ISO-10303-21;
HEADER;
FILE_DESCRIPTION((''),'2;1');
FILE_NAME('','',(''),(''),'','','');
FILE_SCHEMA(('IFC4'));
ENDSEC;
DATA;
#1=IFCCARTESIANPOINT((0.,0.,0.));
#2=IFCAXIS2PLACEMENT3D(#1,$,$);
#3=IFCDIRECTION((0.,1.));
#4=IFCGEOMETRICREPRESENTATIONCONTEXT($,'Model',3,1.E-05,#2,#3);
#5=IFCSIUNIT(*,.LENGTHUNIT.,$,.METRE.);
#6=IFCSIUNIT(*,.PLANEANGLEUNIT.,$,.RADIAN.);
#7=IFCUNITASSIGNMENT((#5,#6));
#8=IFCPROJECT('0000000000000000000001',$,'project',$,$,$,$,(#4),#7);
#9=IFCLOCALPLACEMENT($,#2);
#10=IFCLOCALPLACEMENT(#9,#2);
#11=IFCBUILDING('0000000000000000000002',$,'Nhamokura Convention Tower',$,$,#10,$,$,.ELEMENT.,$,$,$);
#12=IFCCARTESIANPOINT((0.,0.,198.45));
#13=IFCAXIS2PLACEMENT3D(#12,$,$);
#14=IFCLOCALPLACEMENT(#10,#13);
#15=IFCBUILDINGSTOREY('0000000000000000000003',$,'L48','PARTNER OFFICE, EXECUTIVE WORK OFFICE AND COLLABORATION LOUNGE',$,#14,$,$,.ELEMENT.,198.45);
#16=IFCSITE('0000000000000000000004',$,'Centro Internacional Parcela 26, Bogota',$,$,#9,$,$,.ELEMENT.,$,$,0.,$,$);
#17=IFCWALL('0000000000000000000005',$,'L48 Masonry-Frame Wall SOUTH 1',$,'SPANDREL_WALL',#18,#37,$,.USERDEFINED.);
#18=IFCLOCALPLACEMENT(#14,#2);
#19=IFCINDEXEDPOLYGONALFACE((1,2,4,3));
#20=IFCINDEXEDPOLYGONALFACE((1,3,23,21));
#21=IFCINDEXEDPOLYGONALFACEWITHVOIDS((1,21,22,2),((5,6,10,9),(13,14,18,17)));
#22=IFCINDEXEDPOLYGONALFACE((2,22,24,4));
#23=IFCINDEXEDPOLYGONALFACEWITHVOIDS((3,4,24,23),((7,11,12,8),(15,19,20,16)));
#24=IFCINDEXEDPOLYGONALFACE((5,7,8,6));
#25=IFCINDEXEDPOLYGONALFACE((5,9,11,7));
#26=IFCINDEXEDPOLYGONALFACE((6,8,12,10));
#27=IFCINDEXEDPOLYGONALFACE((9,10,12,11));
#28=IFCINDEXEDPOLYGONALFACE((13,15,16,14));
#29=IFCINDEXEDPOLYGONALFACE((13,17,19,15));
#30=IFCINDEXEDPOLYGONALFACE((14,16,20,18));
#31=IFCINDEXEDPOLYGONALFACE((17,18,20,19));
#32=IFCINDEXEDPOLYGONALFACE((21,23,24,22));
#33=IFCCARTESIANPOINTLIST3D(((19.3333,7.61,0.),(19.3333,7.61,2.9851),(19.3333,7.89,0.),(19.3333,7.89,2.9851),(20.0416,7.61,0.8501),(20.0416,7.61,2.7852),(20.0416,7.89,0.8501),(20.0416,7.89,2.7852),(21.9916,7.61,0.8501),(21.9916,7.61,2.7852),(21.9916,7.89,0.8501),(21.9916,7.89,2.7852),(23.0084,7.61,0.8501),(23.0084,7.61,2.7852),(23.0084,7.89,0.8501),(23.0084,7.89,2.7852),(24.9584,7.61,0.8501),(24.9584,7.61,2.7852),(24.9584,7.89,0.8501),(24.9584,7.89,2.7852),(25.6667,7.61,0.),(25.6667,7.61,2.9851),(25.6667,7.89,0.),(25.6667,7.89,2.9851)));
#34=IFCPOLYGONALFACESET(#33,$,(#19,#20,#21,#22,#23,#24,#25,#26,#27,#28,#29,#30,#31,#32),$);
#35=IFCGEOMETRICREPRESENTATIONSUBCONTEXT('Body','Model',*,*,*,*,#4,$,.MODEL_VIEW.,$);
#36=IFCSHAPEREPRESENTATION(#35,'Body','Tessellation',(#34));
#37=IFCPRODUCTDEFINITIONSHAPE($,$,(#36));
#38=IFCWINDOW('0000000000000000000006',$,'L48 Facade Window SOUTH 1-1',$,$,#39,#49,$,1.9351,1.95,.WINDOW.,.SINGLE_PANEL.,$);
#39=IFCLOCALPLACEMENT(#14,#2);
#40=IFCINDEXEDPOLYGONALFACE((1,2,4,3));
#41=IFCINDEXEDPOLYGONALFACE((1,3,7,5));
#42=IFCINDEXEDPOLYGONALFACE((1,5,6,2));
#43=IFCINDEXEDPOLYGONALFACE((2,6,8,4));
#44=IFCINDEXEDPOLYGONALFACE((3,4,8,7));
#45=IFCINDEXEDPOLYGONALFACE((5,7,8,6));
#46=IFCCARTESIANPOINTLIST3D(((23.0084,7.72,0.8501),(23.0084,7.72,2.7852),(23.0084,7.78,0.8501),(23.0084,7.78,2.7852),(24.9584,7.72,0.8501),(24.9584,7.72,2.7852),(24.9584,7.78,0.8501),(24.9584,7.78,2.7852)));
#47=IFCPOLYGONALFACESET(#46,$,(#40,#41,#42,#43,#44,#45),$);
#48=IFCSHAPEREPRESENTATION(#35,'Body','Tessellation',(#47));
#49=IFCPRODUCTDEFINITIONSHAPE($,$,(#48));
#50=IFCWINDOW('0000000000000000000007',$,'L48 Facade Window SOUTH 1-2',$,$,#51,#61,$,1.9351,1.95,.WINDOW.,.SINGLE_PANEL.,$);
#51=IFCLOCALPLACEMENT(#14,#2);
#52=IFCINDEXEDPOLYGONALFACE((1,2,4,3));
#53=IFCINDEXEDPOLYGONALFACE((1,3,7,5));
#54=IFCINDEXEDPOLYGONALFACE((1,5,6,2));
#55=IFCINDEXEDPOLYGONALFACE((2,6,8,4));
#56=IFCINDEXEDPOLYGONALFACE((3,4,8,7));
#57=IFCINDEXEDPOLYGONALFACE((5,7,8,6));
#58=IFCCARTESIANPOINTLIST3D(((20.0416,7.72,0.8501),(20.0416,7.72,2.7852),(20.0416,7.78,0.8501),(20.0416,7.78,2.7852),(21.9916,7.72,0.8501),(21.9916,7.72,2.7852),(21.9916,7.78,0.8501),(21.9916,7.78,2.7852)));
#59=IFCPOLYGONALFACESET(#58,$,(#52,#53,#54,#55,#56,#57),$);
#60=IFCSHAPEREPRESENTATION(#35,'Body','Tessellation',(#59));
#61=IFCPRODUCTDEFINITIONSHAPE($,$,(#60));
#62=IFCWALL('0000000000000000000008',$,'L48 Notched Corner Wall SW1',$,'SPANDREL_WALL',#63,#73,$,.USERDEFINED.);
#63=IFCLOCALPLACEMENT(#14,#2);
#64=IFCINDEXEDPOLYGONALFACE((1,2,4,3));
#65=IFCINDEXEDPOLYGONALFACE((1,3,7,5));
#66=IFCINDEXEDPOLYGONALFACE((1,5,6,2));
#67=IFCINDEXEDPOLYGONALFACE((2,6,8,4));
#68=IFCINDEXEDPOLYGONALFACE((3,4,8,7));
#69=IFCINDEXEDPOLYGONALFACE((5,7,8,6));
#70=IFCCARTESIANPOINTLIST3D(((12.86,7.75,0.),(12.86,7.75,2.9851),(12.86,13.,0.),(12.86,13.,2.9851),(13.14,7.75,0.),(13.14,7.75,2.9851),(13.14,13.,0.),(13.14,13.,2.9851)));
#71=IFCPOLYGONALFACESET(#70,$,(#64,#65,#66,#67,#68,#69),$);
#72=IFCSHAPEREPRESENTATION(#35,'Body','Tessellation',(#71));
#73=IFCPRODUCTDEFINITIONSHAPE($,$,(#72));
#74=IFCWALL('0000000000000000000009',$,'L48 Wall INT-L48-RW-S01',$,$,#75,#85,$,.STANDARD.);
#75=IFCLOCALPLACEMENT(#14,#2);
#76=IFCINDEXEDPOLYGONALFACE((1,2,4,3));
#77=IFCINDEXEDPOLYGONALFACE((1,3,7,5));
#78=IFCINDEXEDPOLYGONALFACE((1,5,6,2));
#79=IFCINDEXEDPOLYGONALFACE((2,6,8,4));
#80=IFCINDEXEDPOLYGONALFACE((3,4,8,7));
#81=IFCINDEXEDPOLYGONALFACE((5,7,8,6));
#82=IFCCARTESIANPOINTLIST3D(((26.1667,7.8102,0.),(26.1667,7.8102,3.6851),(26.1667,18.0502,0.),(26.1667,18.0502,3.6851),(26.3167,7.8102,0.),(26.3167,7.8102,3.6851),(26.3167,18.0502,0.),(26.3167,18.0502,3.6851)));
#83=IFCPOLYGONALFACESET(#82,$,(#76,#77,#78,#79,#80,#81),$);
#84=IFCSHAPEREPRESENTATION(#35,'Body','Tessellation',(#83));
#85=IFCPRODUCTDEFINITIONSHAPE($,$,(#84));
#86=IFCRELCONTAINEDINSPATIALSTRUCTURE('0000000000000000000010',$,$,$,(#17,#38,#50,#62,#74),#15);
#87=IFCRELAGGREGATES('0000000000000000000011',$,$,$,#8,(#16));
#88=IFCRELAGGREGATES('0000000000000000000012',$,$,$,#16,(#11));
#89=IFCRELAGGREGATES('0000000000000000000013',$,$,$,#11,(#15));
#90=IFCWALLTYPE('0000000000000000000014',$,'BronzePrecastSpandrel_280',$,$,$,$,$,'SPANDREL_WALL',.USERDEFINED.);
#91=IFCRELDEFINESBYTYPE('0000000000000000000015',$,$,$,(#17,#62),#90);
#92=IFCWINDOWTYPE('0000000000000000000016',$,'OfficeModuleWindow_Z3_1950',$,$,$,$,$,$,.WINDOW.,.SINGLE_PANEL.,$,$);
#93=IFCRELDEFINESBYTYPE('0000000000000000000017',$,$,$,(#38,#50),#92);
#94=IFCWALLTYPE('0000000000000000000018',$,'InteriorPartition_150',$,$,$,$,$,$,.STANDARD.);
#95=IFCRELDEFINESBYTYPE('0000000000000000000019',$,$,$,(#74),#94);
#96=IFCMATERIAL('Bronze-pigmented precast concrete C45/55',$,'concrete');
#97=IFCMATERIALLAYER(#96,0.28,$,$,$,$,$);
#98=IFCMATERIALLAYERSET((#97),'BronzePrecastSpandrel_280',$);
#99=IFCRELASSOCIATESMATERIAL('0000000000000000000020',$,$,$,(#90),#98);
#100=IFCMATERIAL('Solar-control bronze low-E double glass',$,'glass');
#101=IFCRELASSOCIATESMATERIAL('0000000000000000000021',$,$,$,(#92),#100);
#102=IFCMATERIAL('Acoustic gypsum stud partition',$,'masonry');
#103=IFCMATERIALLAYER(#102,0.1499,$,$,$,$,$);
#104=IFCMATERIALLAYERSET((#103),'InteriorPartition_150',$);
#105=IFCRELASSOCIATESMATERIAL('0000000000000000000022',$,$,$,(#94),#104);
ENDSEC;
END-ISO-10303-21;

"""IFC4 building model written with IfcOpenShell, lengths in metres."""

from ifc_helpers import new_model, si_unit, direction, frame, frame_2d, origin, place, context, subcontext, project, spatial, rectangle, extrude, material, layer, layer_set, type_object, element, fill, save


model = new_model("IFC4")

# Units and contexts
model_context = context("Model", 3, precision=1e-05, world=origin(), true_north=direction((0.0, 1.0)))
body_context = subcontext(model_context, "Body", "Model", "MODEL_VIEW")
ifc_project = project(units=[si_unit("LENGTHUNIT", "METRE"), si_unit("PLANEANGLEUNIT", "RADIAN")], contexts=[model_context])

# Site, building, storey
site_placement = place(None, origin())
site = spatial("IfcSite", under=ifc_project, at=site_placement, Name="Centro Internacional Parcela 26, Bogota", CompositionType="ELEMENT", RefElevation=0.0)
building_placement = place(site_placement, origin())
building = spatial("IfcBuilding", under=site, at=building_placement, Name="Nhamokura Convention Tower", CompositionType="ELEMENT")
storey_placement = place(building_placement, frame((0.0, 0.0, 198.45)))
storey = spatial("IfcBuildingStorey", under=building, at=storey_placement, Name="L48", Description="PARTNER OFFICE, EXECUTIVE WORK OFFICE AND COLLABORATION LOUNGE", CompositionType="ELEMENT", Elevation=198.45)

# Shared definitions
ifc_material_1 = material(Name="Bronze-pigmented precast concrete C45/55", Category="concrete")
ifc_layer_1 = layer(ifc_material_1, 0.28)
ifc_layer_set_1 = layer_set([ifc_layer_1], Name="BronzePrecastSpandrel_280")
wall_type_1 = type_object("IfcWallType", Name="BronzePrecastSpandrel_280", ElementType="SPANDREL_WALL", PredefinedType="USERDEFINED", material=ifc_layer_set_1)

# Wall, openings, windows
wall_1_placement = place(storey_placement, frame((25.6667, 7.75, 0.0), z_axis=(0.0, 0.0, 1.0), x_axis=(-1.0, 0.0, 0.0)))
wall_1 = element("IfcWall", 1, at=wall_1_placement, inside=storey, type_object=wall_type_1, Name="L48 Masonry-Frame Wall SOUTH 1", ObjectType="SPANDREL_WALL", PredefinedType="USERDEFINED", context=body_context, shape_type="SweptSolid", body=[
    extrude(rectangle(XDim=6.3335, YDim=0.28, at=frame_2d((3.1667, 0.0))), origin(), (0.0, 0.0, 1.0), 2.9851),
])
opening_1_placement = place(wall_1_placement, frame((0.7083, 0.0, 0.8501)))
opening_1 = element("IfcOpeningElement", 2, at=opening_1_placement, cuts=wall_1, PredefinedType="OPENING", context=body_context, shape_type="SweptSolid", body=[
    extrude(rectangle(XDim=1.95, YDim=1.9351, at=frame_2d((0.9751, 0.9675))), frame((0.0, 0.1499, 0.0), z_axis=(0.0, -1.0, 0.0), x_axis=(1.0, 0.0, 0.0)), (0.0, 0.0, 1.0), 0.3),
])
opening_2_placement = place(wall_1_placement, frame((3.675, 0.0, 0.8501)))
opening_2 = element("IfcOpeningElement", 3, at=opening_2_placement, cuts=wall_1, PredefinedType="OPENING", context=body_context, shape_type="SweptSolid", body=[
    extrude(rectangle(XDim=1.95, YDim=1.9351, at=frame_2d((0.9751, 0.9675))), frame((0.0, 0.1499, 0.0), z_axis=(0.0, -1.0, 0.0), x_axis=(1.0, 0.0, 0.0)), (0.0, 0.0, 1.0), 0.3),
])
ifc_material_2 = material(Name="Solar-control bronze low-E double glass", Category="glass")
window_type = type_object("IfcWindowType", Name="OfficeModuleWindow_Z3_1950", PartitioningType="SINGLE_PANEL", PredefinedType="WINDOW", material=ifc_material_2)
window_1_placement = place(opening_1_placement, origin())
window_1 = element("IfcWindow", 4, at=window_1_placement, inside=storey, type_object=window_type, Name="L48 Facade Window SOUTH 1-1", OverallHeight=1.9351, OverallWidth=1.95, PartitioningType="SINGLE_PANEL", PredefinedType="WINDOW", context=body_context, shape_type="SweptSolid", body=[
    extrude(rectangle(XDim=1.95, YDim=1.9351, at=frame_2d((0.9751, 0.9675))), frame((0.0, 0.03, 0.0), z_axis=(0.0, -1.0, 0.0), x_axis=(1.0, 0.0, 0.0)), (0.0, 0.0, 1.0), 0.0601),
])
fill(opening_1, window_1)
window_2_placement = place(opening_2_placement, origin())
window_2 = element("IfcWindow", 5, at=window_2_placement, inside=storey, type_object=window_type, Name="L48 Facade Window SOUTH 1-2", OverallHeight=1.9351, OverallWidth=1.95, PartitioningType="SINGLE_PANEL", PredefinedType="WINDOW", context=body_context, shape_type="SweptSolid", body=[
    extrude(rectangle(XDim=1.95, YDim=1.9351, at=frame_2d((0.9751, 0.9675))), frame((0.0, 0.03, 0.0), z_axis=(0.0, -1.0, 0.0), x_axis=(1.0, 0.0, 0.0)), (0.0, 0.0, 1.0), 0.0601),
])
fill(opening_2, window_2)

# Walls
wall_2_placement = place(storey_placement, frame((13.0, 7.75, 0.0), z_axis=(0.0, 0.0, 1.0), x_axis=(0.0, 1.0, 0.0)))
element("IfcWall", 6, at=wall_2_placement, inside=storey, type_object=wall_type_1, Name="L48 Notched Corner Wall SW1", ObjectType="SPANDREL_WALL", PredefinedType="USERDEFINED", context=body_context, shape_type="SweptSolid", body=[
    extrude(rectangle(XDim=5.25, YDim=0.28, at=frame_2d((2.625, 0.0))), origin(), (0.0, 0.0, 1.0), 2.9851),
])
ifc_material_3 = material(Name="Acoustic gypsum stud partition", Category="masonry")
ifc_layer_2 = layer(ifc_material_3, 0.1499)
ifc_layer_set_2 = layer_set([ifc_layer_2], Name="InteriorPartition_150")
wall_type_2 = type_object("IfcWallType", Name="InteriorPartition_150", PredefinedType="STANDARD", material=ifc_layer_set_2)
wall_3_placement = place(storey_placement, frame((26.2417, 7.8101, 0.0), z_axis=(0.0, 0.0, 1.0), x_axis=(0.0, 1.0, 0.0)))
element("IfcWall", 7, at=wall_3_placement, inside=storey, type_object=wall_type_2, Name="L48 Wall INT-L48-RW-S01", PredefinedType="STANDARD", context=body_context, shape_type="SweptSolid", body=[
    extrude(rectangle(XDim=10.24, YDim=0.1499, at=frame_2d((5.1201, 0.0))), origin(), (0.0, 0.0, 1.0), 3.6851),
])

save(model, "model.ifc")
